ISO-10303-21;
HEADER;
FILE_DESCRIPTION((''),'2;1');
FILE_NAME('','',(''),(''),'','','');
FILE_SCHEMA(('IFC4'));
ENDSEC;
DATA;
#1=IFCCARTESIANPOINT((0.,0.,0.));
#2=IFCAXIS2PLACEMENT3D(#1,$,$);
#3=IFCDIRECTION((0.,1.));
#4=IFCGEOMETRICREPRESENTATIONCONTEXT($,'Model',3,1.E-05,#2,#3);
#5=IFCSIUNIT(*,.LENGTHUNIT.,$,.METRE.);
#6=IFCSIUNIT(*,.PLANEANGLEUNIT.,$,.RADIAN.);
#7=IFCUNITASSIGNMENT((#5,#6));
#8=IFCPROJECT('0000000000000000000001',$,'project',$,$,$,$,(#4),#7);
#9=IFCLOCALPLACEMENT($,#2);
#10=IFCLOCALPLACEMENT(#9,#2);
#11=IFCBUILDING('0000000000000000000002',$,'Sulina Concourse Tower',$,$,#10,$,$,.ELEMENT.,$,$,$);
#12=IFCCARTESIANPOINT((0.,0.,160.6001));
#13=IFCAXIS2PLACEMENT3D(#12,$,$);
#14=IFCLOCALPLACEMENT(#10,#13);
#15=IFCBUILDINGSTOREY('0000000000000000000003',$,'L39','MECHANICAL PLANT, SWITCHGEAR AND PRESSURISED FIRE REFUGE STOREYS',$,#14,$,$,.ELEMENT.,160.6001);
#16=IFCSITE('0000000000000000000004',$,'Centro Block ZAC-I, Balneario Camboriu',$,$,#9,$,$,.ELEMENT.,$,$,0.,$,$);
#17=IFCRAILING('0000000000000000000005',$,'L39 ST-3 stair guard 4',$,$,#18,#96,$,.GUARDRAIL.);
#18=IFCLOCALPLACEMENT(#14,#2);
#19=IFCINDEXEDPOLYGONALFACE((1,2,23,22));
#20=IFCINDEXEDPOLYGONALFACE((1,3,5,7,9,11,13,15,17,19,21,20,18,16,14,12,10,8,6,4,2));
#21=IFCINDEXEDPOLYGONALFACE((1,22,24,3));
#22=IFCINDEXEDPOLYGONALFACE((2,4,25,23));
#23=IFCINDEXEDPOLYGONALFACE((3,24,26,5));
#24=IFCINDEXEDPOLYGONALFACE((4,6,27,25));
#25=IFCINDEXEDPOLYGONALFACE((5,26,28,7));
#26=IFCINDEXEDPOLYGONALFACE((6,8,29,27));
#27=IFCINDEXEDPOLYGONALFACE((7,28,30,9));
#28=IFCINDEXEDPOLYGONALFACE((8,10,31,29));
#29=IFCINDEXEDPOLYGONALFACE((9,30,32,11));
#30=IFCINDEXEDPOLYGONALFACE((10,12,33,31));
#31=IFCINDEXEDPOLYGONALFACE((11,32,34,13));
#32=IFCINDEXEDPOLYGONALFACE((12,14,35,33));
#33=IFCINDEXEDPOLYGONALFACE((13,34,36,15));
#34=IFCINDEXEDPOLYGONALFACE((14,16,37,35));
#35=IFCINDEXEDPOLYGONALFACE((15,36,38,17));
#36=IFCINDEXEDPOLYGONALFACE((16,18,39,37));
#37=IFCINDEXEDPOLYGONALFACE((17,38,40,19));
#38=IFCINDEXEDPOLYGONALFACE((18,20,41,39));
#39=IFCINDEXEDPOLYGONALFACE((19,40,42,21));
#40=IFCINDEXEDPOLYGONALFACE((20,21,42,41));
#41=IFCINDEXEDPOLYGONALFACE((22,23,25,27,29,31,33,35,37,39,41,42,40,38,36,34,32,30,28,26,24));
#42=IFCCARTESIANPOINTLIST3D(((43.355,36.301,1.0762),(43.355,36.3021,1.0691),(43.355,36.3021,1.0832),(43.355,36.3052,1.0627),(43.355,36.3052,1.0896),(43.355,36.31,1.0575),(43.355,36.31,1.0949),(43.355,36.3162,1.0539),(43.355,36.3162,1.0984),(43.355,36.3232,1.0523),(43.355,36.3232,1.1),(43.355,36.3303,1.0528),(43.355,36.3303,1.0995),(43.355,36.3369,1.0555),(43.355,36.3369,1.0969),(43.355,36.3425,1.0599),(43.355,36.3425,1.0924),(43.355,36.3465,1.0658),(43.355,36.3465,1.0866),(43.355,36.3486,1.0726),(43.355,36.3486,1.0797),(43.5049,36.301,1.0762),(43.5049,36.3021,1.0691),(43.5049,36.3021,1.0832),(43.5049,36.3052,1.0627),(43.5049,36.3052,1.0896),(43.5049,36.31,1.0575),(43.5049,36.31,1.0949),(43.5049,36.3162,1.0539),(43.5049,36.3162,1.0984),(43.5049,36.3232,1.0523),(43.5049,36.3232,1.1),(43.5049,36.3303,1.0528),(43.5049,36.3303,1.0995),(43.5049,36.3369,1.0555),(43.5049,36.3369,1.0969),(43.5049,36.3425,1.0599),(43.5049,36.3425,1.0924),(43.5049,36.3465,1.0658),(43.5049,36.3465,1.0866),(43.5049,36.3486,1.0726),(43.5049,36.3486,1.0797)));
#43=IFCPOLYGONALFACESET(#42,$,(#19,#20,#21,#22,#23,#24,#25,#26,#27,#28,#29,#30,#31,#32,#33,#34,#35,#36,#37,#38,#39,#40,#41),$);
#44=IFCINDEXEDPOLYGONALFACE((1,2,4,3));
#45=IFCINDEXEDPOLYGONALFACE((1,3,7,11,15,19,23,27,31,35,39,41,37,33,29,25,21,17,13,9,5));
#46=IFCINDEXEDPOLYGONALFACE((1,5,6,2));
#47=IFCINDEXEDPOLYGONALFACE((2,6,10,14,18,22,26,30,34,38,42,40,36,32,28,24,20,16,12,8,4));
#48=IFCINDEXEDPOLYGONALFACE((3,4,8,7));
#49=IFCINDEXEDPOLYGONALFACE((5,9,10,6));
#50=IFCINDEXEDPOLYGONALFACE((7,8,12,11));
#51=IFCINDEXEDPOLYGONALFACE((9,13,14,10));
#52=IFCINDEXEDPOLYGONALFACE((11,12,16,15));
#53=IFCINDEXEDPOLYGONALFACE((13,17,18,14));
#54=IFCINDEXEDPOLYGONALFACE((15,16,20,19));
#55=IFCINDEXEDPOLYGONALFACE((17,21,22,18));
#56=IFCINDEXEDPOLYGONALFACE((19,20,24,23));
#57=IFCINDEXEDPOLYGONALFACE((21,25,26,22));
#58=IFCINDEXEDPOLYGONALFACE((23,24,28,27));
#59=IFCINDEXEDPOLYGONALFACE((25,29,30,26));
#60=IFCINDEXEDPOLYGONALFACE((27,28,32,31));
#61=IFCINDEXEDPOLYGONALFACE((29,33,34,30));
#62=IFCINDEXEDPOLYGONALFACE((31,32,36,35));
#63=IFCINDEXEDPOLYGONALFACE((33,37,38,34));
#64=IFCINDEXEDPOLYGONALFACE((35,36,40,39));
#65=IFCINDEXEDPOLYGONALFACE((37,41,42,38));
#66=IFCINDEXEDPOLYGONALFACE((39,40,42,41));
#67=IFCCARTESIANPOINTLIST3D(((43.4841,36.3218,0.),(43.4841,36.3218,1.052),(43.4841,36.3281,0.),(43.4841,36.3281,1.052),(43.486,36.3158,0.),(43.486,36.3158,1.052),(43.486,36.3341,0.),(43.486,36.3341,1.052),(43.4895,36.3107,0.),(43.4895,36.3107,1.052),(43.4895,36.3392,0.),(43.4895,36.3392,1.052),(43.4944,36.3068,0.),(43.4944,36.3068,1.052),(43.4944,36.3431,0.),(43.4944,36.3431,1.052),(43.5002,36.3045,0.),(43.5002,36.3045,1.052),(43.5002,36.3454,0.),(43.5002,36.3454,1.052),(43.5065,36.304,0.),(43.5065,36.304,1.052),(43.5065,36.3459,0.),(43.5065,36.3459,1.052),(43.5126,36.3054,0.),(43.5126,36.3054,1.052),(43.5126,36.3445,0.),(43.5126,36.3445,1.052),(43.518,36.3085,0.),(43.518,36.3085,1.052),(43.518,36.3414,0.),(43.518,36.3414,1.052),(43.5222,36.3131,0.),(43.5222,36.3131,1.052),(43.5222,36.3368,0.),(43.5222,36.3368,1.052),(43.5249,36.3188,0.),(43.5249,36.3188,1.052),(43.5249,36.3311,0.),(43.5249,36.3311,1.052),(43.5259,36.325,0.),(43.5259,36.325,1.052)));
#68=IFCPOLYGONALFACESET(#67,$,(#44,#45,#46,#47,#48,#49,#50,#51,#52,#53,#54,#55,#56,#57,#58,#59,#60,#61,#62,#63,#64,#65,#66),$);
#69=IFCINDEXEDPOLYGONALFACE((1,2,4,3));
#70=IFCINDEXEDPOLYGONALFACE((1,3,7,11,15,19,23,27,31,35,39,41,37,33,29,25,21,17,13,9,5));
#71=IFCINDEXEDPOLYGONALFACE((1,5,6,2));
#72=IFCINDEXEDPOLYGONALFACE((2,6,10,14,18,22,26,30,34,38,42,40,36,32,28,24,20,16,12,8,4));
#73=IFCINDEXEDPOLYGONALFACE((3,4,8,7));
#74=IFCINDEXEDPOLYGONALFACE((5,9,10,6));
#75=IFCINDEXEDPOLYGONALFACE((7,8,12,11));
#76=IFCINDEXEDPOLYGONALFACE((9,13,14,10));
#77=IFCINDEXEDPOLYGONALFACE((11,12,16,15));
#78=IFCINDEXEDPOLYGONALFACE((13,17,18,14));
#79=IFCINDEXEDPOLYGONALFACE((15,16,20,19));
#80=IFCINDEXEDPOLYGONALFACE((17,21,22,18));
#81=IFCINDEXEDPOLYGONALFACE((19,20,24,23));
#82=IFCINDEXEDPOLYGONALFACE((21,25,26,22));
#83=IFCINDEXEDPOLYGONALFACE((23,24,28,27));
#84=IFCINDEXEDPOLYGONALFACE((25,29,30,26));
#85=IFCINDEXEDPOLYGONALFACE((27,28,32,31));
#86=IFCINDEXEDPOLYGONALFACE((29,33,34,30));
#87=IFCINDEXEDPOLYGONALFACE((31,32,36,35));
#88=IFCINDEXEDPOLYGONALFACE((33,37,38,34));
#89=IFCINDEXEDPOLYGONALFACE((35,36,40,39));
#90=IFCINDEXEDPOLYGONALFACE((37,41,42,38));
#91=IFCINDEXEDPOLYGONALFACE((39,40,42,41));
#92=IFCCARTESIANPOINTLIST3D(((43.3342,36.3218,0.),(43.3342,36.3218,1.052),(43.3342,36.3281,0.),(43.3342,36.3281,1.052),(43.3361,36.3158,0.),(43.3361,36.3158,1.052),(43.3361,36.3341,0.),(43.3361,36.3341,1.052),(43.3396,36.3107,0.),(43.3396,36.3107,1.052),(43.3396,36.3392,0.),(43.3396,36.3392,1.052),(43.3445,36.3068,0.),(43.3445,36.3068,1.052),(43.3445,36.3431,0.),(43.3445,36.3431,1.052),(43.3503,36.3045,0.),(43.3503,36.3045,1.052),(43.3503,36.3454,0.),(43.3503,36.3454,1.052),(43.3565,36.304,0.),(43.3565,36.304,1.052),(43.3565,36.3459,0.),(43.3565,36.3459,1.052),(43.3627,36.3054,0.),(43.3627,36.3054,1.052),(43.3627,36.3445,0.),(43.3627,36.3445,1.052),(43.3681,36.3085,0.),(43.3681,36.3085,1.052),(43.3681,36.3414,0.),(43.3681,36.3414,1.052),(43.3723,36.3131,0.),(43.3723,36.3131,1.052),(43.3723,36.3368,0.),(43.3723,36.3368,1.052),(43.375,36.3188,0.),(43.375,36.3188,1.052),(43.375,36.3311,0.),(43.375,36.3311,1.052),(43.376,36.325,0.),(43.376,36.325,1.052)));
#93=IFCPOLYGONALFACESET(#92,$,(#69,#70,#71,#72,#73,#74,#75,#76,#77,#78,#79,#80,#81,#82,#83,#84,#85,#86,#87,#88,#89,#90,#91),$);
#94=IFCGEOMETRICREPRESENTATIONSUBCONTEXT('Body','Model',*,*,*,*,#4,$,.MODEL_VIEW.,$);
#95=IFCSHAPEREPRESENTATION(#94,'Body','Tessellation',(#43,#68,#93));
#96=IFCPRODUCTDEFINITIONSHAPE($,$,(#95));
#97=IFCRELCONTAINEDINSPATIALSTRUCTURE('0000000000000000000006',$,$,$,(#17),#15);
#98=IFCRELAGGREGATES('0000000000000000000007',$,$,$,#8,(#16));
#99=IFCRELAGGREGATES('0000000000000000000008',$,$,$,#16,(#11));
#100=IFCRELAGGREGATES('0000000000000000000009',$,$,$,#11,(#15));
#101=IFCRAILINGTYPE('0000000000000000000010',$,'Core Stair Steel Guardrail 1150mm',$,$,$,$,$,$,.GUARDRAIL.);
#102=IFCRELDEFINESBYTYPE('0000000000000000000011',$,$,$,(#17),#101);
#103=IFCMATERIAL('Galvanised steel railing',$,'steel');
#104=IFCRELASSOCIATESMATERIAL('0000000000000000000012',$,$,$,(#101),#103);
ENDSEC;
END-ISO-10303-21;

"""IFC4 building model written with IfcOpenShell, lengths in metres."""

from ifc_helpers import new_model, si_unit, direction, frame, origin, origin_2d, place, context, subcontext, project, spatial, circle, extrude, material, type_object, element, save


model = new_model("IFC4")

# Units and contexts
model_context = context("Model", 3, precision=1e-05, world=origin(), true_north=direction((0.0, 1.0)))
body_context = subcontext(model_context, "Body", "Model", "MODEL_VIEW")
ifc_project = project(units=[si_unit("LENGTHUNIT", "METRE"), si_unit("PLANEANGLEUNIT", "RADIAN")], contexts=[model_context])

# Site, building, storey
site_placement = place(None, origin())
site = spatial("IfcSite", under=ifc_project, at=site_placement, Name="Centro Block ZAC-I, Balneario Camboriu", CompositionType="ELEMENT", RefElevation=0.0)
building_placement = place(site_placement, origin())
building = spatial("IfcBuilding", under=site, at=building_placement, Name="Sulina Concourse Tower", CompositionType="ELEMENT")
storey_placement = place(building_placement, frame((0.0, 0.0, 160.6001)))
storey = spatial("IfcBuildingStorey", under=building, at=storey_placement, Name="L39", Description="MECHANICAL PLANT, SWITCHGEAR AND PRESSURISED FIRE REFUGE STOREYS", CompositionType="ELEMENT", Elevation=160.6001)

# Railing
ifc_material_1 = material(Name="Galvanised steel railing", Category="steel")
railing_type_1 = type_object("IfcRailingType", Name="Core Stair Steel Guardrail 1150mm", PredefinedType="GUARDRAIL", material=ifc_material_1)
railing_1_placement = place(storey_placement, frame((43.5049, 36.325, 0.0)))
element("IfcRailing", 1, at=railing_1_placement, inside=storey, type_object=railing_type_1, Name="L39 ST-3 stair guard 4", PredefinedType="GUARDRAIL", context=body_context, shape_type="SweptSolid", body=[
    extrude(circle(Radius=0.0239, at=origin_2d()), frame((0.0, 0.0, 1.0762), z_axis=(-1.0, 0.0, 0.0), x_axis=(0.0, -1.0, 0.0)), (0.0, 0.0, 1.0), 0.1499),
    extrude(circle(Radius=0.021, at=origin_2d()), origin(), (0.0, 0.0, 1.0), 1.052),
    extrude(circle(Radius=0.021, at=origin_2d()), frame((-0.1499, 0.0, 0.0)), (0.0, 0.0, 1.0), 1.052),
])

save(model, "model.ifc")
